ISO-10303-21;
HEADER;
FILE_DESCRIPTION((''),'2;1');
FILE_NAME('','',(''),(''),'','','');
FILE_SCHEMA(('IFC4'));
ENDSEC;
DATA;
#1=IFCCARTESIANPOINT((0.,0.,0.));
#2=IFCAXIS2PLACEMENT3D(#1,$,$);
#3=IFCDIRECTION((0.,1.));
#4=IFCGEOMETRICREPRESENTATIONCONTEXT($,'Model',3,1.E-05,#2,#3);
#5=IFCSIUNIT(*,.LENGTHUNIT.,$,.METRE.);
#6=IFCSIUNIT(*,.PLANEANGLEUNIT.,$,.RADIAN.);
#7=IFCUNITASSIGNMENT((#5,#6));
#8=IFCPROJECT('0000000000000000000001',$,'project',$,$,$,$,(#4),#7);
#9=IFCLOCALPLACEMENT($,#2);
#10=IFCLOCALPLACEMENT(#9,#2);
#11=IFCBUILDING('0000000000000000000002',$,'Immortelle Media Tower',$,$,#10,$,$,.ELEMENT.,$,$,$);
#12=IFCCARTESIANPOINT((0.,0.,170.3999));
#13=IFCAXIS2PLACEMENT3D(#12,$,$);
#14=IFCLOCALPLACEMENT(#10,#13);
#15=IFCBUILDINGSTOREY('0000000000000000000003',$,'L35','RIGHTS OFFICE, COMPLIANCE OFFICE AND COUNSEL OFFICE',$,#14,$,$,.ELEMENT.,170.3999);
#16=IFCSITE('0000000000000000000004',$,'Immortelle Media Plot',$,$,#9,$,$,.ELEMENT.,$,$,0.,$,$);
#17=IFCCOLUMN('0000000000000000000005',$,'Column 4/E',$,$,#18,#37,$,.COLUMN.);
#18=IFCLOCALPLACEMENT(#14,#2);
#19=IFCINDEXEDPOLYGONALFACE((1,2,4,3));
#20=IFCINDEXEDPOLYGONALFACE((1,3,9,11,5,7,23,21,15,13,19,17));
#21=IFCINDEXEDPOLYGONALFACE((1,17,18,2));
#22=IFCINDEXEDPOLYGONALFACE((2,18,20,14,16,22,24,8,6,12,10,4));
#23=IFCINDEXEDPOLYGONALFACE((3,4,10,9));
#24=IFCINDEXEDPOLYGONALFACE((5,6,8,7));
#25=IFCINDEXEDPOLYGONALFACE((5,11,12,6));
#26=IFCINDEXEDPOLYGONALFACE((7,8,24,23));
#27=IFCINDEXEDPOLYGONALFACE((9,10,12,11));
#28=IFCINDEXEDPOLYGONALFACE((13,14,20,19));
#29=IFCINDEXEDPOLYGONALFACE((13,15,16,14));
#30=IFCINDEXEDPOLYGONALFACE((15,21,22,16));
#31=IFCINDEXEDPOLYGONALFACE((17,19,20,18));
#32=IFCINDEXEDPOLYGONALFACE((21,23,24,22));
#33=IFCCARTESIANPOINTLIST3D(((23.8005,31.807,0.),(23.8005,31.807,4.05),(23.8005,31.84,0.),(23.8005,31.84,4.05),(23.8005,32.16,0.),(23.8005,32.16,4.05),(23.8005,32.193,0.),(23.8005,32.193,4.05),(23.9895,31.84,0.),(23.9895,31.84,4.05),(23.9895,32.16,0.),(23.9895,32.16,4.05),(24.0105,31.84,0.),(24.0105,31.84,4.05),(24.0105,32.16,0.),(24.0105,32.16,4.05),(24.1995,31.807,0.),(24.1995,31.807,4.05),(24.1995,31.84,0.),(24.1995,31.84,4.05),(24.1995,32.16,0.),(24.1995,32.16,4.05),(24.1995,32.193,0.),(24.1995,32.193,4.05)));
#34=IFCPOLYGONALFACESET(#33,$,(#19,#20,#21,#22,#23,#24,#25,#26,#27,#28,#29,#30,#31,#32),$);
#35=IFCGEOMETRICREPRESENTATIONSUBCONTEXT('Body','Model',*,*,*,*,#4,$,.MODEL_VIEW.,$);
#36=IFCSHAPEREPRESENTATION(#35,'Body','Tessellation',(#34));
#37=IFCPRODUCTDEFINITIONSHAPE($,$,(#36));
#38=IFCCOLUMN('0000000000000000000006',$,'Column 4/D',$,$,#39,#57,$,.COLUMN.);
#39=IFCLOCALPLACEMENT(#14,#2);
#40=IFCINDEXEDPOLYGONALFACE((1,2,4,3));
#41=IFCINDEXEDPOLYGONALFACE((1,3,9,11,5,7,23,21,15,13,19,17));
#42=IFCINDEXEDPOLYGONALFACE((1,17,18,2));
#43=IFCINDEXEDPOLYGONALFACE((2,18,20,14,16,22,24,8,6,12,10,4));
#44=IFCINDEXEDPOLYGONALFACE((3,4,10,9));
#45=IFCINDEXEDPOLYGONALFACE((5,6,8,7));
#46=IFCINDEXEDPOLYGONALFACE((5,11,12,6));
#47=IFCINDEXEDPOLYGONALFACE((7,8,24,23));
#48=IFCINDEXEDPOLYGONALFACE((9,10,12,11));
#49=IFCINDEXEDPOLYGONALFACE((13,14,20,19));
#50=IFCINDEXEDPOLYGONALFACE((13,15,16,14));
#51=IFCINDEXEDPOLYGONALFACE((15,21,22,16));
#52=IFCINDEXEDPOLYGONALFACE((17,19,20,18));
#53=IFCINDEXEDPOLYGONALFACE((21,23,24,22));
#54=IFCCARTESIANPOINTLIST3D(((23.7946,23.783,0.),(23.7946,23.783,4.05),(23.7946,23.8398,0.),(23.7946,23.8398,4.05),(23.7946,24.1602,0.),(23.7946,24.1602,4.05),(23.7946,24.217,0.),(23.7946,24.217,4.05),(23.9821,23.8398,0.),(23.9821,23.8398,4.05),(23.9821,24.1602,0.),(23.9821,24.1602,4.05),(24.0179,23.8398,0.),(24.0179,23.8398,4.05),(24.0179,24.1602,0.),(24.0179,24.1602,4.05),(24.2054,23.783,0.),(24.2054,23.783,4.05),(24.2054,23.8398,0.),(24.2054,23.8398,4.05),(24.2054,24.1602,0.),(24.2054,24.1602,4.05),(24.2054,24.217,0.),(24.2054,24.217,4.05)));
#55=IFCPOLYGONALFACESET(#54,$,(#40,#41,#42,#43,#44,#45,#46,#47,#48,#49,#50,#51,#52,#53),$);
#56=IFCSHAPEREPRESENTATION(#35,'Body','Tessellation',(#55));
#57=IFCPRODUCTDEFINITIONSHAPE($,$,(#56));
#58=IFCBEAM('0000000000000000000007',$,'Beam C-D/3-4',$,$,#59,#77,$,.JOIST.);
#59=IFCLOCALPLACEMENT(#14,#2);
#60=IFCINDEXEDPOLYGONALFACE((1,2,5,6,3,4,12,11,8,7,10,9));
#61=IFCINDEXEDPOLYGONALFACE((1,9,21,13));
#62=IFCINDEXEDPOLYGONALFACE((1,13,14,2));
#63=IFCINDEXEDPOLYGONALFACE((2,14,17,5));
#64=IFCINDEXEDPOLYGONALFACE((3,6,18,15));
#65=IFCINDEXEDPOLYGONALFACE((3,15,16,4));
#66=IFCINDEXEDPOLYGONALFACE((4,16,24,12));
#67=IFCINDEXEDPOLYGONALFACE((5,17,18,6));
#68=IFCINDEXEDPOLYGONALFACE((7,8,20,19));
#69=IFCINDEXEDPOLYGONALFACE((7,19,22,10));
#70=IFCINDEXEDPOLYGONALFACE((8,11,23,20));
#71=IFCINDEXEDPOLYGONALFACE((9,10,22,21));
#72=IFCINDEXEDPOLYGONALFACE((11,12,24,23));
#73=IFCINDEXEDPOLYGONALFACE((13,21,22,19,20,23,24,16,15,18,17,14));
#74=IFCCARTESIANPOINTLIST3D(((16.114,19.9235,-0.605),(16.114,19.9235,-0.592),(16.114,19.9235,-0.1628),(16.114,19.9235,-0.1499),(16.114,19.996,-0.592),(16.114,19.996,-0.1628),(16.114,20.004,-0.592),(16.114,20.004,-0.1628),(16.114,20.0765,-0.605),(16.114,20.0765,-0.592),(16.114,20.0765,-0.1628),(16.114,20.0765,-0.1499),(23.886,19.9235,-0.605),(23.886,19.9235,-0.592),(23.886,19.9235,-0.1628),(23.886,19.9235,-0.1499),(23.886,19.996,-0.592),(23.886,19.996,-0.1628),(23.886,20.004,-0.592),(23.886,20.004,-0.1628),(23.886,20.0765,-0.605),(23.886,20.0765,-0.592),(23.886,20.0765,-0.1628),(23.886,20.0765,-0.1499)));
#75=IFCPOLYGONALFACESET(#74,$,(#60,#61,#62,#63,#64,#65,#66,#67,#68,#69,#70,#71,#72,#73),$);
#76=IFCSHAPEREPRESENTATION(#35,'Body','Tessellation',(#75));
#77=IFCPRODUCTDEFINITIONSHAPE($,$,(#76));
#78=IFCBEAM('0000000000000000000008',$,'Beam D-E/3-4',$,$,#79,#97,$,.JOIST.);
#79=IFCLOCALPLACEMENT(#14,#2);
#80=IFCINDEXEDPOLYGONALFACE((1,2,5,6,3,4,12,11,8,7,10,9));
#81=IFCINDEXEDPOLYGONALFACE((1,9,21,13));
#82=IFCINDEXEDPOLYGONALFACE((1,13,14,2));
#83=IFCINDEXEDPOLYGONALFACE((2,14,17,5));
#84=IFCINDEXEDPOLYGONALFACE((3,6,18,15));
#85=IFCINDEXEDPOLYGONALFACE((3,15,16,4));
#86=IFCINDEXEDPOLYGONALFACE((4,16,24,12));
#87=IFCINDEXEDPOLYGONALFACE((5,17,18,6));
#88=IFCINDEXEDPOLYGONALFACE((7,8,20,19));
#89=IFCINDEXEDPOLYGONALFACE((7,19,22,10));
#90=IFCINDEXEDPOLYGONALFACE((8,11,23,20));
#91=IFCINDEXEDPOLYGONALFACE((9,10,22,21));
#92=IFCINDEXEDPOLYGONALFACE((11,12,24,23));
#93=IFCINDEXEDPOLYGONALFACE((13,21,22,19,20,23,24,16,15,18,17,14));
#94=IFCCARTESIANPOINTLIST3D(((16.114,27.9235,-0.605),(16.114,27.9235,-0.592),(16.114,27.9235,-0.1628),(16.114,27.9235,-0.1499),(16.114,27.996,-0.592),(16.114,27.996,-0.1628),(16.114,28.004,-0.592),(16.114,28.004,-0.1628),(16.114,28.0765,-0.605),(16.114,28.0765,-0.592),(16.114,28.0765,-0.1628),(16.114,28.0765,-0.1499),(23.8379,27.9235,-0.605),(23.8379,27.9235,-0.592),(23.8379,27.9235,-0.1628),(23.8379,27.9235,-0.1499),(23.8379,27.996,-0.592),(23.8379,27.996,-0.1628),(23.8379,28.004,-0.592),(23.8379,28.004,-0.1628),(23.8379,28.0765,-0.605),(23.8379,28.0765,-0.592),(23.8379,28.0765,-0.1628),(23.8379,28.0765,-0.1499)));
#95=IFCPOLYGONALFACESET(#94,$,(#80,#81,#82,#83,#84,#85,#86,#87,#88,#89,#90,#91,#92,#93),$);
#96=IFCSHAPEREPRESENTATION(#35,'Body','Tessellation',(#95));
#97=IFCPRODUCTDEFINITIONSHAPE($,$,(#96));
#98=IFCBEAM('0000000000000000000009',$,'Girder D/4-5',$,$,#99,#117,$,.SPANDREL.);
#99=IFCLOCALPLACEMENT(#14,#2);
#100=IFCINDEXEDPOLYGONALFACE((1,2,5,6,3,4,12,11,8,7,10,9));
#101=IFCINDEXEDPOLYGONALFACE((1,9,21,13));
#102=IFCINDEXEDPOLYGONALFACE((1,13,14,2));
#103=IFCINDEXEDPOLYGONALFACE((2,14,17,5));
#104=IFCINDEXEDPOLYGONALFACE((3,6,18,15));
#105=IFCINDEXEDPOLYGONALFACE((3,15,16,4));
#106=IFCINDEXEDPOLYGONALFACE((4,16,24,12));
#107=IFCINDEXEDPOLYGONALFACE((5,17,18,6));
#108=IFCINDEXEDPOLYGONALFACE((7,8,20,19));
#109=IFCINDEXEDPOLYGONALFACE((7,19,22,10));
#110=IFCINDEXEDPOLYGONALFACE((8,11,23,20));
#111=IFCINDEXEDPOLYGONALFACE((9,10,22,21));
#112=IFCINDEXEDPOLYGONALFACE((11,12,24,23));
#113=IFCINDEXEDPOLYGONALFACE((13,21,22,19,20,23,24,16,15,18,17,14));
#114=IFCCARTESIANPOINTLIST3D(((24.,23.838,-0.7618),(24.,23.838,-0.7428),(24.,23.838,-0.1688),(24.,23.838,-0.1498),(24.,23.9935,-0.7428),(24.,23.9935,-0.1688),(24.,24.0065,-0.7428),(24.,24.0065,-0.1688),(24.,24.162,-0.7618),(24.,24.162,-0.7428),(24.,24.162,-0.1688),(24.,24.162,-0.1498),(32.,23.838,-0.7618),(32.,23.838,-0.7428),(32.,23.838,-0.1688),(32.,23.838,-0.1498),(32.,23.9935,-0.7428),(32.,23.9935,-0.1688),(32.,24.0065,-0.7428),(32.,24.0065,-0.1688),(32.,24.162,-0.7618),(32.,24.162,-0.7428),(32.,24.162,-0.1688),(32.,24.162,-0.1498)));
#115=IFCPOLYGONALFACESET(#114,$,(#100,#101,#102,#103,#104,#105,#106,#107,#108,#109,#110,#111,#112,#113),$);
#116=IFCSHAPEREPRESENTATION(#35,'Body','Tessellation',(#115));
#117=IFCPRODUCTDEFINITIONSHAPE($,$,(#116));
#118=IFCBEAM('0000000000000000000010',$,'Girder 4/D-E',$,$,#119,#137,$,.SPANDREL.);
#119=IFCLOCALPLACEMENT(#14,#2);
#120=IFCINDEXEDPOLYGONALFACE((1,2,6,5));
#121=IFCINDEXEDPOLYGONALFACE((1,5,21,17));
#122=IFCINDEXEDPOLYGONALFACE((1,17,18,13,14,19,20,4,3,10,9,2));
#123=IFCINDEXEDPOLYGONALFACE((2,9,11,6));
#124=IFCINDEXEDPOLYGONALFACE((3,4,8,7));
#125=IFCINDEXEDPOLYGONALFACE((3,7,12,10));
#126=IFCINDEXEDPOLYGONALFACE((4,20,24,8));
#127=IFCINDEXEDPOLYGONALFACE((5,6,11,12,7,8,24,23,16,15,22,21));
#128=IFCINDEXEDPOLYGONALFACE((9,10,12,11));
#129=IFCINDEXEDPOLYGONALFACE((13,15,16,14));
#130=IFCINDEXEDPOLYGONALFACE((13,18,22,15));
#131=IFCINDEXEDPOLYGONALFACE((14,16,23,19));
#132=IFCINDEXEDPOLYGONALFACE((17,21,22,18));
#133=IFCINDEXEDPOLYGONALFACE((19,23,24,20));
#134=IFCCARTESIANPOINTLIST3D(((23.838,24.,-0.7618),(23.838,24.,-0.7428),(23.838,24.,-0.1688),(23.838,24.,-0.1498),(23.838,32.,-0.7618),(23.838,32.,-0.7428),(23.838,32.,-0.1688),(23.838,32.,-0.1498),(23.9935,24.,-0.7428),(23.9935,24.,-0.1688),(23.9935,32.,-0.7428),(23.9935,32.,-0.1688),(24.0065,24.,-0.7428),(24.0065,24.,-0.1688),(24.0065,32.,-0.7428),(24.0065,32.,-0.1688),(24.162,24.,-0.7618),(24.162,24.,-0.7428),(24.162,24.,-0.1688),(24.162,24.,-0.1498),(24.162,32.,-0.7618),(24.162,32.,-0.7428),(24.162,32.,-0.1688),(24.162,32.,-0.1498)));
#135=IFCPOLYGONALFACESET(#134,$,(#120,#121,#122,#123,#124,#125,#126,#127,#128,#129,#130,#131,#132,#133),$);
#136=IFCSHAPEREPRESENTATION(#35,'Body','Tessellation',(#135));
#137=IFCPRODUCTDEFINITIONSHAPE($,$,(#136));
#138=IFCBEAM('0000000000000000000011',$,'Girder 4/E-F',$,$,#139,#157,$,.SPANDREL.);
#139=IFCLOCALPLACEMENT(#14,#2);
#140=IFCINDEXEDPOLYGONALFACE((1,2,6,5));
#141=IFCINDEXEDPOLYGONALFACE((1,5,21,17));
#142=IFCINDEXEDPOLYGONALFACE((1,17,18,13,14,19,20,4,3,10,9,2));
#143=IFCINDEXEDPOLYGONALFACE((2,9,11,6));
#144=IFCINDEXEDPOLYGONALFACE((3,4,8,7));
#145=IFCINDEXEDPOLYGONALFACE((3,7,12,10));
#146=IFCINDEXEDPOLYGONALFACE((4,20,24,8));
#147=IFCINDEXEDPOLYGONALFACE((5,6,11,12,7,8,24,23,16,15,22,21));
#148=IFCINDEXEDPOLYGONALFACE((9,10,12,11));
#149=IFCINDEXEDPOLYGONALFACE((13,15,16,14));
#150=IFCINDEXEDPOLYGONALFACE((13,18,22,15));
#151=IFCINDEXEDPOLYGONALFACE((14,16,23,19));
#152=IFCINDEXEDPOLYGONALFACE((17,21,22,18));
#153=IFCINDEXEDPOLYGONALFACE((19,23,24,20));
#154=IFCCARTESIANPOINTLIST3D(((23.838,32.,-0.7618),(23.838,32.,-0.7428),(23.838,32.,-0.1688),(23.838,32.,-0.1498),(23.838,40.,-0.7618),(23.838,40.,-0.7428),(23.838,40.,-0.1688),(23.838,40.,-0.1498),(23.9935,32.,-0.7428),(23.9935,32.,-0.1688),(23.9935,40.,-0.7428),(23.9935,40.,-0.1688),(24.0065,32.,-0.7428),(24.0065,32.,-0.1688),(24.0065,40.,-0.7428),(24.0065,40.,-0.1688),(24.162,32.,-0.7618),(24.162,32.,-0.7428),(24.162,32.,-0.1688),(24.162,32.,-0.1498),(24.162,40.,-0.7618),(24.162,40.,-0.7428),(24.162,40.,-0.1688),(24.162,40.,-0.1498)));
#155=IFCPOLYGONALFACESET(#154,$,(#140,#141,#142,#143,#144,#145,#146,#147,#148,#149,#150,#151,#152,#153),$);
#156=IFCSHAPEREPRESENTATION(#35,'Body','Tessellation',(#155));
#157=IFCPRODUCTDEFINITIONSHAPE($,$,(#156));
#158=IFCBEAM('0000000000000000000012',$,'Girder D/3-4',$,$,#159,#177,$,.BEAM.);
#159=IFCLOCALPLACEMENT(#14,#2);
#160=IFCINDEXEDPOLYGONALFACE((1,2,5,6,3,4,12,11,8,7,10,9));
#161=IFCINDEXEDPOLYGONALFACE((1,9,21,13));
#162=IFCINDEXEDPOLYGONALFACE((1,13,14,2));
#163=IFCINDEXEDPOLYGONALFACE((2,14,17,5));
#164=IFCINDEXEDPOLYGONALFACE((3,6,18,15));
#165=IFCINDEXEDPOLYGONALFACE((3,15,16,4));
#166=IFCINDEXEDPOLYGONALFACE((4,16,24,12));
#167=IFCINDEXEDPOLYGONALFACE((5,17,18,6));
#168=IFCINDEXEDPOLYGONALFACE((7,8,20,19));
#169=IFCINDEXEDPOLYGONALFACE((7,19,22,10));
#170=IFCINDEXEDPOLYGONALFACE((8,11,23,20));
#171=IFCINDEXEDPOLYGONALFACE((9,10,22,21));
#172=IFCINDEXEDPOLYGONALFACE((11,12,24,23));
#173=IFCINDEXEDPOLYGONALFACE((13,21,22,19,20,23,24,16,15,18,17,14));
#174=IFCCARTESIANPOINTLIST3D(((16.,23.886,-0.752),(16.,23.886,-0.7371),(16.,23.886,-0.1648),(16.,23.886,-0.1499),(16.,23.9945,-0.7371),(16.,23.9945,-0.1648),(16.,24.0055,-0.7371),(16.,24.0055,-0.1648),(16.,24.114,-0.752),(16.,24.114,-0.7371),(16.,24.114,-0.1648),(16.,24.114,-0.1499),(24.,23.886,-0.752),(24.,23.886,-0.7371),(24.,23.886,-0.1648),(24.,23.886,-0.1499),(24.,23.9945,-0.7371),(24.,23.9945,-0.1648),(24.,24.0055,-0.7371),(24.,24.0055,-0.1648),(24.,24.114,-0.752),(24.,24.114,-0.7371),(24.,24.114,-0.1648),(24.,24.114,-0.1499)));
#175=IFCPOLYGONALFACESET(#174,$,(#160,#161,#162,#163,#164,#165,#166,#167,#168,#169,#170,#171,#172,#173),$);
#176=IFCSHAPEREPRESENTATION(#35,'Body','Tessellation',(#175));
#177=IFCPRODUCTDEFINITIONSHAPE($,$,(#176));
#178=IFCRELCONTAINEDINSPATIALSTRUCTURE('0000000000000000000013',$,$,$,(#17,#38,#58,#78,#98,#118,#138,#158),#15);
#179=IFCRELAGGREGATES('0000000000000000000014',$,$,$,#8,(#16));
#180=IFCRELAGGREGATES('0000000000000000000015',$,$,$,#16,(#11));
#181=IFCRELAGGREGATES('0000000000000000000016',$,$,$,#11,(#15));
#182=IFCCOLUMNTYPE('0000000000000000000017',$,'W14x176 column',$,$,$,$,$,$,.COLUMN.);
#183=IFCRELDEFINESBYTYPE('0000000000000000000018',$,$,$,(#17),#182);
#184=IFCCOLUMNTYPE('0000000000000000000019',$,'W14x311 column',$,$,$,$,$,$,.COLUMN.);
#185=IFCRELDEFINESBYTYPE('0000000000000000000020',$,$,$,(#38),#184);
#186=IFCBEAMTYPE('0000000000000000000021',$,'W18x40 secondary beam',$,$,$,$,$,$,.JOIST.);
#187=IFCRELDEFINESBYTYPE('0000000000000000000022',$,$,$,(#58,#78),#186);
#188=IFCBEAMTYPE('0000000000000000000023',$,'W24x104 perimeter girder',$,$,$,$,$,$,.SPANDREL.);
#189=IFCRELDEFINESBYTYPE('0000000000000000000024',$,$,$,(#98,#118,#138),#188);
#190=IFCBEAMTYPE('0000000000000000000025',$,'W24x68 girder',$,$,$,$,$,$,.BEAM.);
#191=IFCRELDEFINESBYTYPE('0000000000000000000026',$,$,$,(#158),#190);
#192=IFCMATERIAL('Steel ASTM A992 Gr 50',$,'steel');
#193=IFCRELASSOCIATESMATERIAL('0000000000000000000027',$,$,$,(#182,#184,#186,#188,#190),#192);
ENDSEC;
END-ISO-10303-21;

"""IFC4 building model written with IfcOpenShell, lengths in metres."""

from ifc_helpers import new_model, si_unit, direction, frame, origin, origin_2d, place, context, subcontext, project, spatial, i_section, extrude, material, material_profile, profile_set, type_object, element, save


model = new_model("IFC4")

# Units and contexts
model_context = context("Model", 3, precision=1e-05, world=origin(), true_north=direction((0.0, 1.0)))
body_context = subcontext(model_context, "Body", "Model", "MODEL_VIEW")
ifc_project = project(units=[si_unit("LENGTHUNIT", "METRE"), si_unit("PLANEANGLEUNIT", "RADIAN")], contexts=[model_context])

# Site, building, storey
site_placement = place(None, origin())
site = spatial("IfcSite", under=ifc_project, at=site_placement, Name="Immortelle Media Plot", CompositionType="ELEMENT", RefElevation=0.0)
building_placement = place(site_placement, origin())
building = spatial("IfcBuilding", under=site, at=building_placement, Name="Immortelle Media Tower", CompositionType="ELEMENT")
storey_placement = place(building_placement, frame((0.0, 0.0, 170.3999)))
storey = spatial("IfcBuildingStorey", under=building, at=storey_placement, Name="L35", Description="RIGHTS OFFICE, COMPLIANCE OFFICE AND COUNSEL OFFICE", CompositionType="ELEMENT", Elevation=170.3999)

# Columns
ifc_material_1 = material(Name="Steel ASTM A992 Gr 50", Category="steel")
ifc_material_profile_1 = material_profile(ifc_material_1, i_section(OverallWidth=0.3989, OverallDepth=0.386, WebThickness=0.021, FlangeThickness=0.033, at=origin_2d()), Name="W14x176")
ifc_profile_set_1 = profile_set([ifc_material_profile_1], Name="Steel ASTM A992 Gr 50")
column_type_1 = type_object("IfcColumnType", Name="W14x176 column", PredefinedType="COLUMN", material=ifc_profile_set_1)
column_1_placement = place(storey_placement, frame((24.0, 32.0, 0.0), z_axis=(0.0, 0.0, 1.0), x_axis=(1.0, 0.0, 0.0)))
element("IfcColumn", 1, at=column_1_placement, inside=storey, type_object=column_type_1, Name="Column 4/E", PredefinedType="COLUMN", context=body_context, shape_type="SweptSolid", body=[
    extrude(i_section(OverallWidth=0.3989, OverallDepth=0.386, WebThickness=0.021, FlangeThickness=0.033, at=origin_2d()), origin(), (0.0, 0.0, 1.0), 4.05),
])
ifc_material_profile_2 = material_profile(ifc_material_1, i_section(OverallWidth=0.4109, OverallDepth=0.4341, WebThickness=0.0359, FlangeThickness=0.0569, at=origin_2d()), Name="W14x311")
ifc_profile_set_2 = profile_set([ifc_material_profile_2], Name="Steel ASTM A992 Gr 50")
column_type_2 = type_object("IfcColumnType", Name="W14x311 column", PredefinedType="COLUMN", material=ifc_profile_set_2)
column_2_placement = place(storey_placement, frame((24.0, 24.0, 0.0), z_axis=(0.0, 0.0, 1.0), x_axis=(1.0, 0.0, 0.0)))
element("IfcColumn", 2, at=column_2_placement, inside=storey, type_object=column_type_2, Name="Column 4/D", PredefinedType="COLUMN", context=body_context, shape_type="SweptSolid", body=[
    extrude(i_section(OverallWidth=0.4109, OverallDepth=0.4341, WebThickness=0.0359, FlangeThickness=0.0569, at=origin_2d()), origin(), (0.0, 0.0, 1.0), 4.05),
])

# Beams
ifc_material_profile_3 = material_profile(ifc_material_1, i_section(OverallWidth=0.1531, OverallDepth=0.4551, WebThickness=0.0081, FlangeThickness=0.0129, at=origin_2d()), Name="W18x40")
ifc_profile_set_3 = profile_set([ifc_material_profile_3], Name="Steel ASTM A992 Gr 50")
beam_type_1 = type_object("IfcBeamType", Name="W18x40 secondary beam", PredefinedType="JOIST", material=ifc_profile_set_3)
beam_1_placement = place(storey_placement, frame((16.114, 20.0, -0.3774), z_axis=(1.0, 0.0, 0.0), x_axis=(0.0, 1.0, 0.0)))
element("IfcBeam", 3, at=beam_1_placement, inside=storey, type_object=beam_type_1, Name="Beam C-D/3-4", PredefinedType="JOIST", context=body_context, shape_type="SweptSolid", body=[
    extrude(i_section(OverallWidth=0.1531, OverallDepth=0.4551, WebThickness=0.0081, FlangeThickness=0.0129, at=origin_2d()), origin(), (0.0, 0.0, 1.0), 7.772),
])
beam_2_placement = place(storey_placement, frame((16.114, 28.0, -0.3774), z_axis=(1.0, 0.0, 0.0), x_axis=(0.0, 1.0, 0.0)))
element("IfcBeam", 4, at=beam_2_placement, inside=storey, type_object=beam_type_1, Name="Beam D-E/3-4", PredefinedType="JOIST", context=body_context, shape_type="SweptSolid", body=[
    extrude(i_section(OverallWidth=0.1531, OverallDepth=0.4551, WebThickness=0.0081, FlangeThickness=0.0129, at=origin_2d()), origin(), (0.0, 0.0, 1.0), 7.7239),
])
ifc_material_profile_4 = material_profile(ifc_material_1, i_section(OverallWidth=0.324, OverallDepth=0.6121, WebThickness=0.0129, FlangeThickness=0.019, at=origin_2d()), Name="W24x104")
ifc_profile_set_4 = profile_set([ifc_material_profile_4], Name="Steel ASTM A992 Gr 50")
beam_type_2 = type_object("IfcBeamType", Name="W24x104 perimeter girder", PredefinedType="SPANDREL", material=ifc_profile_set_4)
for number, where, z_axis, x_axis, name in (
    (5, (24.0, 24.0, -0.4558), (1.0, 0.0, 0.0), (0.0, 1.0, 0.0), "Girder D/4-5"),
    (6, (24.0, 24.0, -0.4558), (0.0, 1.0, 0.0), (-1.0, 0.0, 0.0), "Girder 4/D-E"),
    (7, (24.0, 32.0, -0.4558), (0.0, 1.0, 0.0), (-1.0, 0.0, 0.0), "Girder 4/E-F"),
):
    element("IfcBeam", number, at=place(storey_placement, frame(where, z_axis=z_axis, x_axis=x_axis)), inside=storey, type_object=beam_type_2, Name=name, PredefinedType="SPANDREL", context=body_context, shape_type="SweptSolid", body=[
        extrude(i_section(OverallWidth=0.324, OverallDepth=0.6121, WebThickness=0.0129, FlangeThickness=0.019, at=origin_2d()), origin(), (0.0, 0.0, 1.0), 8.0),
    ])
ifc_material_profile_5 = material_profile(ifc_material_1, i_section(OverallWidth=0.228, OverallDepth=0.6021, WebThickness=0.011, FlangeThickness=0.0149, at=origin_2d()), Name="W24x68")
ifc_profile_set_5 = profile_set([ifc_material_profile_5], Name="Steel ASTM A992 Gr 50")
beam_type_3 = type_object("IfcBeamType", Name="W24x68 girder", PredefinedType="BEAM", material=ifc_profile_set_5)
for number, where, z_axis, x_axis, name in (
    (8, (16.0, 24.0, -0.4509), (1.0, 0.0, 0.0), (0.0, 1.0, 0.0), "Girder D/3-4"),
):
    element("IfcBeam", number, at=place(storey_placement, frame(where, z_axis=z_axis, x_axis=x_axis)), inside=storey, type_object=beam_type_3, Name=name, PredefinedType="BEAM", context=body_context, shape_type="SweptSolid", body=[
        extrude(i_section(OverallWidth=0.228, OverallDepth=0.6021, WebThickness=0.011, FlangeThickness=0.0149, at=origin_2d()), origin(), (0.0, 0.0, 1.0), 8.0),
    ])

save(model, "model.ifc")
